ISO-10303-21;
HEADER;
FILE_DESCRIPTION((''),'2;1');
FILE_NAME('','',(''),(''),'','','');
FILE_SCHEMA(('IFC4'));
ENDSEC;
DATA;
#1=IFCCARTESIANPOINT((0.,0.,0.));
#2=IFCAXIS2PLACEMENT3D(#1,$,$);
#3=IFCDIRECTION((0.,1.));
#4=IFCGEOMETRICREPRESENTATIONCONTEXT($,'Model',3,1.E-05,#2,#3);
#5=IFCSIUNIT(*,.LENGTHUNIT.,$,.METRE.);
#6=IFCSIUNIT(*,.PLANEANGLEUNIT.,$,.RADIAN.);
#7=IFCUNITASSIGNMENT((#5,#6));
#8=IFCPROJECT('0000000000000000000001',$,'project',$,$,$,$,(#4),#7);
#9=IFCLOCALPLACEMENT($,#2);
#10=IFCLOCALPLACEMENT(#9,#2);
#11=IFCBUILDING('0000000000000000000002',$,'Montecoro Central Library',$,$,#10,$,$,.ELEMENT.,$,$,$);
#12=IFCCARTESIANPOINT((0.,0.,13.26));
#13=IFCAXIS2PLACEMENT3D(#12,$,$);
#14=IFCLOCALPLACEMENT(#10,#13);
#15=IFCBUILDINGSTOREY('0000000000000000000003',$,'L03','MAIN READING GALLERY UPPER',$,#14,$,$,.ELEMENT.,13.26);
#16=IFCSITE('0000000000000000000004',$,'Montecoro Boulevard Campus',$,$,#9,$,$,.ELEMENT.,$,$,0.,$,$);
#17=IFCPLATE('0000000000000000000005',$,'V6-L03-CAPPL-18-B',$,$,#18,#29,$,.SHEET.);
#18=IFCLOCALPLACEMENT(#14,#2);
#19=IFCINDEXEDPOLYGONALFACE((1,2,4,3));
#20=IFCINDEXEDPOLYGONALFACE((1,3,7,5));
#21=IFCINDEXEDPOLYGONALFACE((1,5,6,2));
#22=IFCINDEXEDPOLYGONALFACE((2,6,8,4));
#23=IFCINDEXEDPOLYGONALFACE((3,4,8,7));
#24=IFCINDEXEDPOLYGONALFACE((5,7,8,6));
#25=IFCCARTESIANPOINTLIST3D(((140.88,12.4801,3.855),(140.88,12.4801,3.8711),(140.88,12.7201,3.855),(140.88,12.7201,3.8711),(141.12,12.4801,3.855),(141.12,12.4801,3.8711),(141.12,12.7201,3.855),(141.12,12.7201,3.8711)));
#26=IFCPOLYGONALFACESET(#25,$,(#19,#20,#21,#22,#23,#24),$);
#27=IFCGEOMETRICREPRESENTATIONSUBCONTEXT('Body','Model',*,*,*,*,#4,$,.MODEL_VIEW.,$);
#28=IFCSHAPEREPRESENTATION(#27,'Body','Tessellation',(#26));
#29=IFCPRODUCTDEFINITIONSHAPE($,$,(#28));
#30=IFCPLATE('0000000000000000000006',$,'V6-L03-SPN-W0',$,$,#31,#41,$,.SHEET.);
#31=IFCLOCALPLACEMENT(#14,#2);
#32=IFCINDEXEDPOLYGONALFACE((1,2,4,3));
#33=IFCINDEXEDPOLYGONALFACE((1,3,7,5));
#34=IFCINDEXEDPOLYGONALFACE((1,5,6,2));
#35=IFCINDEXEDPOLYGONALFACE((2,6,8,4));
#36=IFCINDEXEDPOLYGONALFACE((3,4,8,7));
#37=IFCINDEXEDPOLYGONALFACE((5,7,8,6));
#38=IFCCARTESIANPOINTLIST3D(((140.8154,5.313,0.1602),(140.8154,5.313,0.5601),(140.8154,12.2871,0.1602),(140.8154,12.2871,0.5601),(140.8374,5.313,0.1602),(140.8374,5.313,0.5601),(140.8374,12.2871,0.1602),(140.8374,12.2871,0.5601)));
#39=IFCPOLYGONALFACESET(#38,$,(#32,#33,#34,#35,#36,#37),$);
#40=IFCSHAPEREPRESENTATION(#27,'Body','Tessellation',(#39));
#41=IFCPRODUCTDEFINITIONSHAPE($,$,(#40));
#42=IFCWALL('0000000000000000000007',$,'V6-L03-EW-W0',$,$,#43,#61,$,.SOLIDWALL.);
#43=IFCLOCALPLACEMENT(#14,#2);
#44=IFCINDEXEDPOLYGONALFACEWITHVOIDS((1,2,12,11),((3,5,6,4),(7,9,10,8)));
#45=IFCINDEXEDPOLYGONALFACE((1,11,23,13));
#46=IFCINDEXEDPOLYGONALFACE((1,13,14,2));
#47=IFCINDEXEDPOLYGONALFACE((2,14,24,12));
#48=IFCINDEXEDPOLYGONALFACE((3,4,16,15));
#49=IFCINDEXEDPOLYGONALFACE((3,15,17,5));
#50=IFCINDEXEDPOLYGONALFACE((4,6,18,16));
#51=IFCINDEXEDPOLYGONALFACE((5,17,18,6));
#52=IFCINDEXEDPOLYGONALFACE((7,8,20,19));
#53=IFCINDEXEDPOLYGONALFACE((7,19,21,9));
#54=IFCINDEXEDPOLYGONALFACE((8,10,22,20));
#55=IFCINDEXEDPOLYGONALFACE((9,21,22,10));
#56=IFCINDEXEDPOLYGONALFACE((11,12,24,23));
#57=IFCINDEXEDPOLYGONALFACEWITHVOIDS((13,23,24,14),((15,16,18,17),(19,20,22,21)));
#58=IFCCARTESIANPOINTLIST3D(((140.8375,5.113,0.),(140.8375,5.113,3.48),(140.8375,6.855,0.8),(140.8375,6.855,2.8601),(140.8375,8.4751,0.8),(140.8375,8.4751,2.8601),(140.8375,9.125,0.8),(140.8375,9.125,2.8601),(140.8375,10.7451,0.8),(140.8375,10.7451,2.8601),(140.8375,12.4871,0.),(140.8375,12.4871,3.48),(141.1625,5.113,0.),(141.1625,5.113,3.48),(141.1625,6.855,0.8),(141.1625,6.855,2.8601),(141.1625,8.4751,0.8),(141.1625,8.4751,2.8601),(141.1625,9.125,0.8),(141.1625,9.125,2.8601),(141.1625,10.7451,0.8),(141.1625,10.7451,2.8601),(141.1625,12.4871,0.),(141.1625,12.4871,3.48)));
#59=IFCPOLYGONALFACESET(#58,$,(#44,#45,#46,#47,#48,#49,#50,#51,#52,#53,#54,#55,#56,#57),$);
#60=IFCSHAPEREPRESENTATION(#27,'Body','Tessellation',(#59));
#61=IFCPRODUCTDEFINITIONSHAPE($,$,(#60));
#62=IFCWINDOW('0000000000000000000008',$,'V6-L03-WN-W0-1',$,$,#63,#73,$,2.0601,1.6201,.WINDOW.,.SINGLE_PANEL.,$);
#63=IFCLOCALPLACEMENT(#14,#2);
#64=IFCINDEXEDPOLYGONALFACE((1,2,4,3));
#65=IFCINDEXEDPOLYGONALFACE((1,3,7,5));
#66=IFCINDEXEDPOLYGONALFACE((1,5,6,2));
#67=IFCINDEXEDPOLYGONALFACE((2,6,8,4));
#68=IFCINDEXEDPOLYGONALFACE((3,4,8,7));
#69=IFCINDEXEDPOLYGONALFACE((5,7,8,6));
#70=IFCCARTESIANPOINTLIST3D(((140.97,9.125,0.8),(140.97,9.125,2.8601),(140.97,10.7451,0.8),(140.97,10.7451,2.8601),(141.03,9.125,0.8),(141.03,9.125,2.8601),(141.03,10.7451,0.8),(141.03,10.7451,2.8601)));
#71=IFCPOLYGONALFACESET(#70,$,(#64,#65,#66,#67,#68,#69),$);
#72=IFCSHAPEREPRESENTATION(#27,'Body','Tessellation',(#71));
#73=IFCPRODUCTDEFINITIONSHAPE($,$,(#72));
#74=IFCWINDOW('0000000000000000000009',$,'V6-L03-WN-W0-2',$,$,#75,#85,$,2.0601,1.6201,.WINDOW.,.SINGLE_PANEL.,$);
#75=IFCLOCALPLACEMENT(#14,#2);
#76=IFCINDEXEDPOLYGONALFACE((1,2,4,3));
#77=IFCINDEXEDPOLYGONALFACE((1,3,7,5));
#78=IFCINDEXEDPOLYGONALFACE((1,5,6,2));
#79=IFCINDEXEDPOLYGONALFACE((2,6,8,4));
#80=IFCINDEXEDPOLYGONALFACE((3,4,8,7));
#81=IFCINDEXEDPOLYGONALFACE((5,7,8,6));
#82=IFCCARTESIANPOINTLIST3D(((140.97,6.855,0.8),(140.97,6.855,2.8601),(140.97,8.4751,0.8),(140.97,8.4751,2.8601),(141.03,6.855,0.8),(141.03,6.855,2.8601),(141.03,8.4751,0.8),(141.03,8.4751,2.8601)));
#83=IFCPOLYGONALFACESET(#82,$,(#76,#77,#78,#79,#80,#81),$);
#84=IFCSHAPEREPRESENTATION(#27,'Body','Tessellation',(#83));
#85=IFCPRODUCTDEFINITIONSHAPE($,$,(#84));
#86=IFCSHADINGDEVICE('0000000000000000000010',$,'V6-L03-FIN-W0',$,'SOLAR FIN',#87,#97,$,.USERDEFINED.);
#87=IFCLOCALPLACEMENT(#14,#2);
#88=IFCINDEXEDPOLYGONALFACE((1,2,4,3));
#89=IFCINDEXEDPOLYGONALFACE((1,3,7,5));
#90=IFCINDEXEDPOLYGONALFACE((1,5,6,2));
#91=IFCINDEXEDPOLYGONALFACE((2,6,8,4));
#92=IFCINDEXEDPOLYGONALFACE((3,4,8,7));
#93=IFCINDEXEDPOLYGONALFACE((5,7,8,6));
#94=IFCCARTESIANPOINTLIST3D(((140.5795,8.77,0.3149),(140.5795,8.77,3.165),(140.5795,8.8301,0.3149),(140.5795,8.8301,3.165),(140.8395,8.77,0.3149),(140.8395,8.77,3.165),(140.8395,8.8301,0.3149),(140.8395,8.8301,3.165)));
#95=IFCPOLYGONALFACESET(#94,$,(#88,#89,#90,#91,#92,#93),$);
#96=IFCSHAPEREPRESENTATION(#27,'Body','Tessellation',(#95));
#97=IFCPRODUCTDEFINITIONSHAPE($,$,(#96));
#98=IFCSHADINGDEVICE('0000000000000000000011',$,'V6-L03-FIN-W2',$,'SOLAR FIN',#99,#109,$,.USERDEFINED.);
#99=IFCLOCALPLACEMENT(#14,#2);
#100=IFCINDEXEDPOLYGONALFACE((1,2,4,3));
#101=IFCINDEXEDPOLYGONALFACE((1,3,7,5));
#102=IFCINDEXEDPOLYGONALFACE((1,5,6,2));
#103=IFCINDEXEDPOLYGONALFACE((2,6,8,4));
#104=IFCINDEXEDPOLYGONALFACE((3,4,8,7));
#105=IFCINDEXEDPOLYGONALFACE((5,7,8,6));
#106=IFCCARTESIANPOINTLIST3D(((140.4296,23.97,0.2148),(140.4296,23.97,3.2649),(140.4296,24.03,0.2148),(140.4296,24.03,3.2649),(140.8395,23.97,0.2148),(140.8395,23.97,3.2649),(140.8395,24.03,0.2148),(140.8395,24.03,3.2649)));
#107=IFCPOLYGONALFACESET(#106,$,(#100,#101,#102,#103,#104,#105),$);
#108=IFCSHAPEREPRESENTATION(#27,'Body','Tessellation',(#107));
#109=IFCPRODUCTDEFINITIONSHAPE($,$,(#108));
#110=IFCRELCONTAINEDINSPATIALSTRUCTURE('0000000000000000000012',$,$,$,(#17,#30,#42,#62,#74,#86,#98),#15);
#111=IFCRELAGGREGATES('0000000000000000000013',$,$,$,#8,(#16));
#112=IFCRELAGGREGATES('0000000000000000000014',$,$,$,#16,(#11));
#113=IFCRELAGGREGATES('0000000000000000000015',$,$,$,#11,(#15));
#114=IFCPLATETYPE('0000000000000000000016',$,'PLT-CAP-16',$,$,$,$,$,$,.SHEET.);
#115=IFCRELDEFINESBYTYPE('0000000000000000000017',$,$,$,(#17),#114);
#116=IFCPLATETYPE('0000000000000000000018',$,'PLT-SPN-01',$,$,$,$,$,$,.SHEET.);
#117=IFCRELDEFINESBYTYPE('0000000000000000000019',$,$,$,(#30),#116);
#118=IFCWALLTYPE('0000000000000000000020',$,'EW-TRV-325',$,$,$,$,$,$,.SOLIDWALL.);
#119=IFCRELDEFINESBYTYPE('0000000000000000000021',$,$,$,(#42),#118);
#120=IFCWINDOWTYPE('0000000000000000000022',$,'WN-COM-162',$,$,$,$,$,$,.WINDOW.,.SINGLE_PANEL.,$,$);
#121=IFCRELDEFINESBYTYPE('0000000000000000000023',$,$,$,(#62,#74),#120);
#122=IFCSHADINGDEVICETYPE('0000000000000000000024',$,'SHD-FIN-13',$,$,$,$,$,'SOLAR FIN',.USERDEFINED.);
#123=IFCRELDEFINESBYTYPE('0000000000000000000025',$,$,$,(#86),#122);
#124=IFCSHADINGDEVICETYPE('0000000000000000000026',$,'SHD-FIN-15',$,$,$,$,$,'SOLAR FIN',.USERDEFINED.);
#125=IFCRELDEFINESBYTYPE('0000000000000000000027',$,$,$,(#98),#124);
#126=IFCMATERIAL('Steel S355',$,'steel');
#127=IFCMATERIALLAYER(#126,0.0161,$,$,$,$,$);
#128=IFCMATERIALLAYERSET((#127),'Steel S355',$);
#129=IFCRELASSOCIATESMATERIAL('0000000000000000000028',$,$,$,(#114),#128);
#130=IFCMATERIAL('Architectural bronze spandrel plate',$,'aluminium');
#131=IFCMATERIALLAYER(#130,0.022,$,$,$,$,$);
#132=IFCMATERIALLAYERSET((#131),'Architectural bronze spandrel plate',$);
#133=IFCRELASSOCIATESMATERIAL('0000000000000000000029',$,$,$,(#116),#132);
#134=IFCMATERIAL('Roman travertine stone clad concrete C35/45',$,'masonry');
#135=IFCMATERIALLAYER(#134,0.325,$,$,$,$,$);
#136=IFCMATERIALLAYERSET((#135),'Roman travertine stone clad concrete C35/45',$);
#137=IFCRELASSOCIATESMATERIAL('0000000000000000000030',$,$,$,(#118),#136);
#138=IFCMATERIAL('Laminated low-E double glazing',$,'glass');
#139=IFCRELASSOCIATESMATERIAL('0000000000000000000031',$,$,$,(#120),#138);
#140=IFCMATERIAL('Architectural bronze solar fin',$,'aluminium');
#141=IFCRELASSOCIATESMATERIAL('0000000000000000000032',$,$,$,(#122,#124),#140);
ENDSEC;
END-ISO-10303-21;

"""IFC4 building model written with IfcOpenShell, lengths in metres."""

from ifc_helpers import new_model, si_unit, direction, frame, frame_2d, origin, origin_2d, place, context, subcontext, project, spatial, rectangle, extrude, material, layer, layer_set, type_object, element, fill, save


model = new_model("IFC4")

# Units and contexts
model_context = context("Model", 3, precision=1e-05, world=origin(), true_north=direction((0.0, 1.0)))
body_context = subcontext(model_context, "Body", "Model", "MODEL_VIEW")
ifc_project = project(units=[si_unit("LENGTHUNIT", "METRE"), si_unit("PLANEANGLEUNIT", "RADIAN")], contexts=[model_context])

# Site, building, storey
site_placement = place(None, origin())
site = spatial("IfcSite", under=ifc_project, at=site_placement, Name="Montecoro Boulevard Campus", CompositionType="ELEMENT", RefElevation=0.0)
building_placement = place(site_placement, origin())
building = spatial("IfcBuilding", under=site, at=building_placement, Name="Montecoro Central Library", CompositionType="ELEMENT")
storey_placement = place(building_placement, frame((0.0, 0.0, 13.26)))
storey = spatial("IfcBuildingStorey", under=building, at=storey_placement, Name="L03", Description="MAIN READING GALLERY UPPER", CompositionType="ELEMENT", Elevation=13.26)

# Shared definitions
ifc_material_1 = material(Name="Steel S355", Category="steel")

# Shared definitions
ifc_material_2 = material(Name="Laminated low-E double glazing", Category="glass")

# Plates
ifc_layer_1 = layer(ifc_material_1, 0.0161)
ifc_layer_set_1 = layer_set([ifc_layer_1], Name="Steel S355")
plate_type_1 = type_object("IfcPlateType", Name="PLT-CAP-16", PredefinedType="SHEET", material=ifc_layer_set_1)
for number, where, z_axis, x_axis, name in (
    (1, (141.0, 12.6001, 3.855), (0.0, 0.0, 1.0), (1.0, 0.0, 0.0), "V6-L03-CAPPL-18-B"),
):
    element("IfcPlate", number, at=place(storey_placement, frame(where, z_axis=z_axis, x_axis=x_axis)), inside=storey, type_object=plate_type_1, Name=name, PredefinedType="SHEET", context=body_context, shape_type="SweptSolid", body=[
        extrude(rectangle(XDim=0.24, YDim=0.24, at=origin_2d()), origin(), (0.0, 0.0, 1.0), 0.0161),
    ])
ifc_material_3 = material(Name="Architectural bronze spandrel plate", Category="aluminium")
ifc_layer_2 = layer(ifc_material_3, 0.022)
ifc_layer_set_2 = layer_set([ifc_layer_2], Name="Architectural bronze spandrel plate")
plate_type_2 = type_object("IfcPlateType", Name="PLT-SPN-01", PredefinedType="SHEET", material=ifc_layer_set_2)
plate_1_placement = place(storey_placement, frame((140.8264, 8.8, 0.1602), z_axis=(0.0, 0.0, 1.0), x_axis=(0.0, -1.0, 0.0)))
element("IfcPlate", 2, at=plate_1_placement, inside=storey, type_object=plate_type_2, Name="V6-L03-SPN-W0", PredefinedType="SHEET", context=body_context, shape_type="SweptSolid", body=[
    extrude(rectangle(XDim=6.9741, YDim=0.022, at=origin_2d()), origin(), (0.0, 0.0, 1.0), 0.3999),
])

# Wall, openings, windows
ifc_material_4 = material(Name="Roman travertine stone clad concrete C35/45", Category="masonry")
ifc_layer_3 = layer(ifc_material_4, 0.325)
ifc_layer_set_3 = layer_set([ifc_layer_3], Name="Roman travertine stone clad concrete C35/45")
wall_type = type_object("IfcWallType", Name="EW-TRV-325", PredefinedType="SOLIDWALL", material=ifc_layer_set_3)
wall_placement = place(storey_placement, frame((141.0, 12.4871, 0.0), z_axis=(0.0, 0.0, 1.0), x_axis=(0.0, -1.0, 0.0)))
wall = element("IfcWall", 3, at=wall_placement, inside=storey, type_object=wall_type, Name="V6-L03-EW-W0", PredefinedType="SOLIDWALL", context=body_context, shape_type="SweptSolid", body=[
    extrude(rectangle(XDim=7.374, YDim=0.325, at=frame_2d((3.687, 0.0))), origin(), (0.0, 0.0, 1.0), 3.48),
])
opening_1_placement = place(wall_placement, frame((1.7419, 0.0, 0.8)))
opening_1 = element("IfcOpeningElement", 4, at=opening_1_placement, cuts=wall, PredefinedType="OPENING", context=body_context, shape_type="SweptSolid", body=[
    extrude(rectangle(XDim=1.6201, YDim=2.0601, at=frame_2d((0.8101, 1.03))), frame((0.0, 0.1724, 0.0), z_axis=(0.0, -1.0, 0.0), x_axis=(1.0, 0.0, 0.0)), (0.0, 0.0, 1.0), 0.345),
])
opening_2_placement = place(wall_placement, frame((4.012, 0.0, 0.8)))
opening_2 = element("IfcOpeningElement", 5, at=opening_2_placement, cuts=wall, PredefinedType="OPENING", context=body_context, shape_type="SweptSolid", body=[
    extrude(rectangle(XDim=1.6201, YDim=2.0601, at=frame_2d((0.8101, 1.03))), frame((0.0, 0.1724, 0.0), z_axis=(0.0, -1.0, 0.0), x_axis=(1.0, 0.0, 0.0)), (0.0, 0.0, 1.0), 0.345),
])
window_type = type_object("IfcWindowType", Name="WN-COM-162", PartitioningType="SINGLE_PANEL", PredefinedType="WINDOW", material=ifc_material_2)
window_1_placement = place(opening_1_placement, origin())
window_1 = element("IfcWindow", 6, at=window_1_placement, inside=storey, type_object=window_type, Name="V6-L03-WN-W0-1", OverallHeight=2.0601, OverallWidth=1.6201, PartitioningType="SINGLE_PANEL", PredefinedType="WINDOW", context=body_context, shape_type="SweptSolid", body=[
    extrude(rectangle(XDim=1.6201, YDim=2.0601, at=frame_2d((0.8101, 1.03))), frame((0.0, 0.03, 0.0), z_axis=(0.0, -1.0, 0.0), x_axis=(1.0, 0.0, 0.0)), (0.0, 0.0, 1.0), 0.0601),
])
fill(opening_1, window_1)
window_2_placement = place(opening_2_placement, origin())
window_2 = element("IfcWindow", 7, at=window_2_placement, inside=storey, type_object=window_type, Name="V6-L03-WN-W0-2", OverallHeight=2.0601, OverallWidth=1.6201, PartitioningType="SINGLE_PANEL", PredefinedType="WINDOW", context=body_context, shape_type="SweptSolid", body=[
    extrude(rectangle(XDim=1.6201, YDim=2.0601, at=frame_2d((0.8101, 1.03))), frame((0.0, 0.03, 0.0), z_axis=(0.0, -1.0, 0.0), x_axis=(1.0, 0.0, 0.0)), (0.0, 0.0, 1.0), 0.0601),
])
fill(opening_2, window_2)

# Shading devices
ifc_material_5 = material(Name="Architectural bronze solar fin", Category="aluminium")
shading_device_type_1 = type_object("IfcShadingDeviceType", Name="SHD-FIN-13", ElementType="SOLAR FIN", PredefinedType="USERDEFINED", material=ifc_material_5)
shading_device_1_placement = place(storey_placement, frame((140.7095, 8.8, 0.3149), z_axis=(0.0, 0.0, 1.0), x_axis=(0.0, -1.0, 0.0)))
element("IfcShadingDevice", 8, at=shading_device_1_placement, inside=storey, type_object=shading_device_type_1, Name="V6-L03-FIN-W0", ObjectType="SOLAR FIN", PredefinedType="USERDEFINED", context=body_context, shape_type="SweptSolid", body=[
    extrude(rectangle(XDim=0.0601, YDim=0.26, at=origin_2d()), origin(), (0.0, 0.0, 1.0), 2.8501),
])
shading_device_type_2 = type_object("IfcShadingDeviceType", Name="SHD-FIN-15", ElementType="SOLAR FIN", PredefinedType="USERDEFINED", material=ifc_material_5)
shading_device_2_placement = place(storey_placement, frame((140.6345, 24.0, 0.2148), z_axis=(0.0, 0.0, 1.0), x_axis=(0.0, -1.0, 0.0)))
element("IfcShadingDevice", 9, at=shading_device_2_placement, inside=storey, type_object=shading_device_type_2, Name="V6-L03-FIN-W2", ObjectType="SOLAR FIN", PredefinedType="USERDEFINED", context=body_context, shape_type="SweptSolid", body=[
    extrude(rectangle(XDim=0.0601, YDim=0.4099, at=origin_2d()), origin(), (0.0, 0.0, 1.0), 3.05),
])

save(model, "model.ifc")
